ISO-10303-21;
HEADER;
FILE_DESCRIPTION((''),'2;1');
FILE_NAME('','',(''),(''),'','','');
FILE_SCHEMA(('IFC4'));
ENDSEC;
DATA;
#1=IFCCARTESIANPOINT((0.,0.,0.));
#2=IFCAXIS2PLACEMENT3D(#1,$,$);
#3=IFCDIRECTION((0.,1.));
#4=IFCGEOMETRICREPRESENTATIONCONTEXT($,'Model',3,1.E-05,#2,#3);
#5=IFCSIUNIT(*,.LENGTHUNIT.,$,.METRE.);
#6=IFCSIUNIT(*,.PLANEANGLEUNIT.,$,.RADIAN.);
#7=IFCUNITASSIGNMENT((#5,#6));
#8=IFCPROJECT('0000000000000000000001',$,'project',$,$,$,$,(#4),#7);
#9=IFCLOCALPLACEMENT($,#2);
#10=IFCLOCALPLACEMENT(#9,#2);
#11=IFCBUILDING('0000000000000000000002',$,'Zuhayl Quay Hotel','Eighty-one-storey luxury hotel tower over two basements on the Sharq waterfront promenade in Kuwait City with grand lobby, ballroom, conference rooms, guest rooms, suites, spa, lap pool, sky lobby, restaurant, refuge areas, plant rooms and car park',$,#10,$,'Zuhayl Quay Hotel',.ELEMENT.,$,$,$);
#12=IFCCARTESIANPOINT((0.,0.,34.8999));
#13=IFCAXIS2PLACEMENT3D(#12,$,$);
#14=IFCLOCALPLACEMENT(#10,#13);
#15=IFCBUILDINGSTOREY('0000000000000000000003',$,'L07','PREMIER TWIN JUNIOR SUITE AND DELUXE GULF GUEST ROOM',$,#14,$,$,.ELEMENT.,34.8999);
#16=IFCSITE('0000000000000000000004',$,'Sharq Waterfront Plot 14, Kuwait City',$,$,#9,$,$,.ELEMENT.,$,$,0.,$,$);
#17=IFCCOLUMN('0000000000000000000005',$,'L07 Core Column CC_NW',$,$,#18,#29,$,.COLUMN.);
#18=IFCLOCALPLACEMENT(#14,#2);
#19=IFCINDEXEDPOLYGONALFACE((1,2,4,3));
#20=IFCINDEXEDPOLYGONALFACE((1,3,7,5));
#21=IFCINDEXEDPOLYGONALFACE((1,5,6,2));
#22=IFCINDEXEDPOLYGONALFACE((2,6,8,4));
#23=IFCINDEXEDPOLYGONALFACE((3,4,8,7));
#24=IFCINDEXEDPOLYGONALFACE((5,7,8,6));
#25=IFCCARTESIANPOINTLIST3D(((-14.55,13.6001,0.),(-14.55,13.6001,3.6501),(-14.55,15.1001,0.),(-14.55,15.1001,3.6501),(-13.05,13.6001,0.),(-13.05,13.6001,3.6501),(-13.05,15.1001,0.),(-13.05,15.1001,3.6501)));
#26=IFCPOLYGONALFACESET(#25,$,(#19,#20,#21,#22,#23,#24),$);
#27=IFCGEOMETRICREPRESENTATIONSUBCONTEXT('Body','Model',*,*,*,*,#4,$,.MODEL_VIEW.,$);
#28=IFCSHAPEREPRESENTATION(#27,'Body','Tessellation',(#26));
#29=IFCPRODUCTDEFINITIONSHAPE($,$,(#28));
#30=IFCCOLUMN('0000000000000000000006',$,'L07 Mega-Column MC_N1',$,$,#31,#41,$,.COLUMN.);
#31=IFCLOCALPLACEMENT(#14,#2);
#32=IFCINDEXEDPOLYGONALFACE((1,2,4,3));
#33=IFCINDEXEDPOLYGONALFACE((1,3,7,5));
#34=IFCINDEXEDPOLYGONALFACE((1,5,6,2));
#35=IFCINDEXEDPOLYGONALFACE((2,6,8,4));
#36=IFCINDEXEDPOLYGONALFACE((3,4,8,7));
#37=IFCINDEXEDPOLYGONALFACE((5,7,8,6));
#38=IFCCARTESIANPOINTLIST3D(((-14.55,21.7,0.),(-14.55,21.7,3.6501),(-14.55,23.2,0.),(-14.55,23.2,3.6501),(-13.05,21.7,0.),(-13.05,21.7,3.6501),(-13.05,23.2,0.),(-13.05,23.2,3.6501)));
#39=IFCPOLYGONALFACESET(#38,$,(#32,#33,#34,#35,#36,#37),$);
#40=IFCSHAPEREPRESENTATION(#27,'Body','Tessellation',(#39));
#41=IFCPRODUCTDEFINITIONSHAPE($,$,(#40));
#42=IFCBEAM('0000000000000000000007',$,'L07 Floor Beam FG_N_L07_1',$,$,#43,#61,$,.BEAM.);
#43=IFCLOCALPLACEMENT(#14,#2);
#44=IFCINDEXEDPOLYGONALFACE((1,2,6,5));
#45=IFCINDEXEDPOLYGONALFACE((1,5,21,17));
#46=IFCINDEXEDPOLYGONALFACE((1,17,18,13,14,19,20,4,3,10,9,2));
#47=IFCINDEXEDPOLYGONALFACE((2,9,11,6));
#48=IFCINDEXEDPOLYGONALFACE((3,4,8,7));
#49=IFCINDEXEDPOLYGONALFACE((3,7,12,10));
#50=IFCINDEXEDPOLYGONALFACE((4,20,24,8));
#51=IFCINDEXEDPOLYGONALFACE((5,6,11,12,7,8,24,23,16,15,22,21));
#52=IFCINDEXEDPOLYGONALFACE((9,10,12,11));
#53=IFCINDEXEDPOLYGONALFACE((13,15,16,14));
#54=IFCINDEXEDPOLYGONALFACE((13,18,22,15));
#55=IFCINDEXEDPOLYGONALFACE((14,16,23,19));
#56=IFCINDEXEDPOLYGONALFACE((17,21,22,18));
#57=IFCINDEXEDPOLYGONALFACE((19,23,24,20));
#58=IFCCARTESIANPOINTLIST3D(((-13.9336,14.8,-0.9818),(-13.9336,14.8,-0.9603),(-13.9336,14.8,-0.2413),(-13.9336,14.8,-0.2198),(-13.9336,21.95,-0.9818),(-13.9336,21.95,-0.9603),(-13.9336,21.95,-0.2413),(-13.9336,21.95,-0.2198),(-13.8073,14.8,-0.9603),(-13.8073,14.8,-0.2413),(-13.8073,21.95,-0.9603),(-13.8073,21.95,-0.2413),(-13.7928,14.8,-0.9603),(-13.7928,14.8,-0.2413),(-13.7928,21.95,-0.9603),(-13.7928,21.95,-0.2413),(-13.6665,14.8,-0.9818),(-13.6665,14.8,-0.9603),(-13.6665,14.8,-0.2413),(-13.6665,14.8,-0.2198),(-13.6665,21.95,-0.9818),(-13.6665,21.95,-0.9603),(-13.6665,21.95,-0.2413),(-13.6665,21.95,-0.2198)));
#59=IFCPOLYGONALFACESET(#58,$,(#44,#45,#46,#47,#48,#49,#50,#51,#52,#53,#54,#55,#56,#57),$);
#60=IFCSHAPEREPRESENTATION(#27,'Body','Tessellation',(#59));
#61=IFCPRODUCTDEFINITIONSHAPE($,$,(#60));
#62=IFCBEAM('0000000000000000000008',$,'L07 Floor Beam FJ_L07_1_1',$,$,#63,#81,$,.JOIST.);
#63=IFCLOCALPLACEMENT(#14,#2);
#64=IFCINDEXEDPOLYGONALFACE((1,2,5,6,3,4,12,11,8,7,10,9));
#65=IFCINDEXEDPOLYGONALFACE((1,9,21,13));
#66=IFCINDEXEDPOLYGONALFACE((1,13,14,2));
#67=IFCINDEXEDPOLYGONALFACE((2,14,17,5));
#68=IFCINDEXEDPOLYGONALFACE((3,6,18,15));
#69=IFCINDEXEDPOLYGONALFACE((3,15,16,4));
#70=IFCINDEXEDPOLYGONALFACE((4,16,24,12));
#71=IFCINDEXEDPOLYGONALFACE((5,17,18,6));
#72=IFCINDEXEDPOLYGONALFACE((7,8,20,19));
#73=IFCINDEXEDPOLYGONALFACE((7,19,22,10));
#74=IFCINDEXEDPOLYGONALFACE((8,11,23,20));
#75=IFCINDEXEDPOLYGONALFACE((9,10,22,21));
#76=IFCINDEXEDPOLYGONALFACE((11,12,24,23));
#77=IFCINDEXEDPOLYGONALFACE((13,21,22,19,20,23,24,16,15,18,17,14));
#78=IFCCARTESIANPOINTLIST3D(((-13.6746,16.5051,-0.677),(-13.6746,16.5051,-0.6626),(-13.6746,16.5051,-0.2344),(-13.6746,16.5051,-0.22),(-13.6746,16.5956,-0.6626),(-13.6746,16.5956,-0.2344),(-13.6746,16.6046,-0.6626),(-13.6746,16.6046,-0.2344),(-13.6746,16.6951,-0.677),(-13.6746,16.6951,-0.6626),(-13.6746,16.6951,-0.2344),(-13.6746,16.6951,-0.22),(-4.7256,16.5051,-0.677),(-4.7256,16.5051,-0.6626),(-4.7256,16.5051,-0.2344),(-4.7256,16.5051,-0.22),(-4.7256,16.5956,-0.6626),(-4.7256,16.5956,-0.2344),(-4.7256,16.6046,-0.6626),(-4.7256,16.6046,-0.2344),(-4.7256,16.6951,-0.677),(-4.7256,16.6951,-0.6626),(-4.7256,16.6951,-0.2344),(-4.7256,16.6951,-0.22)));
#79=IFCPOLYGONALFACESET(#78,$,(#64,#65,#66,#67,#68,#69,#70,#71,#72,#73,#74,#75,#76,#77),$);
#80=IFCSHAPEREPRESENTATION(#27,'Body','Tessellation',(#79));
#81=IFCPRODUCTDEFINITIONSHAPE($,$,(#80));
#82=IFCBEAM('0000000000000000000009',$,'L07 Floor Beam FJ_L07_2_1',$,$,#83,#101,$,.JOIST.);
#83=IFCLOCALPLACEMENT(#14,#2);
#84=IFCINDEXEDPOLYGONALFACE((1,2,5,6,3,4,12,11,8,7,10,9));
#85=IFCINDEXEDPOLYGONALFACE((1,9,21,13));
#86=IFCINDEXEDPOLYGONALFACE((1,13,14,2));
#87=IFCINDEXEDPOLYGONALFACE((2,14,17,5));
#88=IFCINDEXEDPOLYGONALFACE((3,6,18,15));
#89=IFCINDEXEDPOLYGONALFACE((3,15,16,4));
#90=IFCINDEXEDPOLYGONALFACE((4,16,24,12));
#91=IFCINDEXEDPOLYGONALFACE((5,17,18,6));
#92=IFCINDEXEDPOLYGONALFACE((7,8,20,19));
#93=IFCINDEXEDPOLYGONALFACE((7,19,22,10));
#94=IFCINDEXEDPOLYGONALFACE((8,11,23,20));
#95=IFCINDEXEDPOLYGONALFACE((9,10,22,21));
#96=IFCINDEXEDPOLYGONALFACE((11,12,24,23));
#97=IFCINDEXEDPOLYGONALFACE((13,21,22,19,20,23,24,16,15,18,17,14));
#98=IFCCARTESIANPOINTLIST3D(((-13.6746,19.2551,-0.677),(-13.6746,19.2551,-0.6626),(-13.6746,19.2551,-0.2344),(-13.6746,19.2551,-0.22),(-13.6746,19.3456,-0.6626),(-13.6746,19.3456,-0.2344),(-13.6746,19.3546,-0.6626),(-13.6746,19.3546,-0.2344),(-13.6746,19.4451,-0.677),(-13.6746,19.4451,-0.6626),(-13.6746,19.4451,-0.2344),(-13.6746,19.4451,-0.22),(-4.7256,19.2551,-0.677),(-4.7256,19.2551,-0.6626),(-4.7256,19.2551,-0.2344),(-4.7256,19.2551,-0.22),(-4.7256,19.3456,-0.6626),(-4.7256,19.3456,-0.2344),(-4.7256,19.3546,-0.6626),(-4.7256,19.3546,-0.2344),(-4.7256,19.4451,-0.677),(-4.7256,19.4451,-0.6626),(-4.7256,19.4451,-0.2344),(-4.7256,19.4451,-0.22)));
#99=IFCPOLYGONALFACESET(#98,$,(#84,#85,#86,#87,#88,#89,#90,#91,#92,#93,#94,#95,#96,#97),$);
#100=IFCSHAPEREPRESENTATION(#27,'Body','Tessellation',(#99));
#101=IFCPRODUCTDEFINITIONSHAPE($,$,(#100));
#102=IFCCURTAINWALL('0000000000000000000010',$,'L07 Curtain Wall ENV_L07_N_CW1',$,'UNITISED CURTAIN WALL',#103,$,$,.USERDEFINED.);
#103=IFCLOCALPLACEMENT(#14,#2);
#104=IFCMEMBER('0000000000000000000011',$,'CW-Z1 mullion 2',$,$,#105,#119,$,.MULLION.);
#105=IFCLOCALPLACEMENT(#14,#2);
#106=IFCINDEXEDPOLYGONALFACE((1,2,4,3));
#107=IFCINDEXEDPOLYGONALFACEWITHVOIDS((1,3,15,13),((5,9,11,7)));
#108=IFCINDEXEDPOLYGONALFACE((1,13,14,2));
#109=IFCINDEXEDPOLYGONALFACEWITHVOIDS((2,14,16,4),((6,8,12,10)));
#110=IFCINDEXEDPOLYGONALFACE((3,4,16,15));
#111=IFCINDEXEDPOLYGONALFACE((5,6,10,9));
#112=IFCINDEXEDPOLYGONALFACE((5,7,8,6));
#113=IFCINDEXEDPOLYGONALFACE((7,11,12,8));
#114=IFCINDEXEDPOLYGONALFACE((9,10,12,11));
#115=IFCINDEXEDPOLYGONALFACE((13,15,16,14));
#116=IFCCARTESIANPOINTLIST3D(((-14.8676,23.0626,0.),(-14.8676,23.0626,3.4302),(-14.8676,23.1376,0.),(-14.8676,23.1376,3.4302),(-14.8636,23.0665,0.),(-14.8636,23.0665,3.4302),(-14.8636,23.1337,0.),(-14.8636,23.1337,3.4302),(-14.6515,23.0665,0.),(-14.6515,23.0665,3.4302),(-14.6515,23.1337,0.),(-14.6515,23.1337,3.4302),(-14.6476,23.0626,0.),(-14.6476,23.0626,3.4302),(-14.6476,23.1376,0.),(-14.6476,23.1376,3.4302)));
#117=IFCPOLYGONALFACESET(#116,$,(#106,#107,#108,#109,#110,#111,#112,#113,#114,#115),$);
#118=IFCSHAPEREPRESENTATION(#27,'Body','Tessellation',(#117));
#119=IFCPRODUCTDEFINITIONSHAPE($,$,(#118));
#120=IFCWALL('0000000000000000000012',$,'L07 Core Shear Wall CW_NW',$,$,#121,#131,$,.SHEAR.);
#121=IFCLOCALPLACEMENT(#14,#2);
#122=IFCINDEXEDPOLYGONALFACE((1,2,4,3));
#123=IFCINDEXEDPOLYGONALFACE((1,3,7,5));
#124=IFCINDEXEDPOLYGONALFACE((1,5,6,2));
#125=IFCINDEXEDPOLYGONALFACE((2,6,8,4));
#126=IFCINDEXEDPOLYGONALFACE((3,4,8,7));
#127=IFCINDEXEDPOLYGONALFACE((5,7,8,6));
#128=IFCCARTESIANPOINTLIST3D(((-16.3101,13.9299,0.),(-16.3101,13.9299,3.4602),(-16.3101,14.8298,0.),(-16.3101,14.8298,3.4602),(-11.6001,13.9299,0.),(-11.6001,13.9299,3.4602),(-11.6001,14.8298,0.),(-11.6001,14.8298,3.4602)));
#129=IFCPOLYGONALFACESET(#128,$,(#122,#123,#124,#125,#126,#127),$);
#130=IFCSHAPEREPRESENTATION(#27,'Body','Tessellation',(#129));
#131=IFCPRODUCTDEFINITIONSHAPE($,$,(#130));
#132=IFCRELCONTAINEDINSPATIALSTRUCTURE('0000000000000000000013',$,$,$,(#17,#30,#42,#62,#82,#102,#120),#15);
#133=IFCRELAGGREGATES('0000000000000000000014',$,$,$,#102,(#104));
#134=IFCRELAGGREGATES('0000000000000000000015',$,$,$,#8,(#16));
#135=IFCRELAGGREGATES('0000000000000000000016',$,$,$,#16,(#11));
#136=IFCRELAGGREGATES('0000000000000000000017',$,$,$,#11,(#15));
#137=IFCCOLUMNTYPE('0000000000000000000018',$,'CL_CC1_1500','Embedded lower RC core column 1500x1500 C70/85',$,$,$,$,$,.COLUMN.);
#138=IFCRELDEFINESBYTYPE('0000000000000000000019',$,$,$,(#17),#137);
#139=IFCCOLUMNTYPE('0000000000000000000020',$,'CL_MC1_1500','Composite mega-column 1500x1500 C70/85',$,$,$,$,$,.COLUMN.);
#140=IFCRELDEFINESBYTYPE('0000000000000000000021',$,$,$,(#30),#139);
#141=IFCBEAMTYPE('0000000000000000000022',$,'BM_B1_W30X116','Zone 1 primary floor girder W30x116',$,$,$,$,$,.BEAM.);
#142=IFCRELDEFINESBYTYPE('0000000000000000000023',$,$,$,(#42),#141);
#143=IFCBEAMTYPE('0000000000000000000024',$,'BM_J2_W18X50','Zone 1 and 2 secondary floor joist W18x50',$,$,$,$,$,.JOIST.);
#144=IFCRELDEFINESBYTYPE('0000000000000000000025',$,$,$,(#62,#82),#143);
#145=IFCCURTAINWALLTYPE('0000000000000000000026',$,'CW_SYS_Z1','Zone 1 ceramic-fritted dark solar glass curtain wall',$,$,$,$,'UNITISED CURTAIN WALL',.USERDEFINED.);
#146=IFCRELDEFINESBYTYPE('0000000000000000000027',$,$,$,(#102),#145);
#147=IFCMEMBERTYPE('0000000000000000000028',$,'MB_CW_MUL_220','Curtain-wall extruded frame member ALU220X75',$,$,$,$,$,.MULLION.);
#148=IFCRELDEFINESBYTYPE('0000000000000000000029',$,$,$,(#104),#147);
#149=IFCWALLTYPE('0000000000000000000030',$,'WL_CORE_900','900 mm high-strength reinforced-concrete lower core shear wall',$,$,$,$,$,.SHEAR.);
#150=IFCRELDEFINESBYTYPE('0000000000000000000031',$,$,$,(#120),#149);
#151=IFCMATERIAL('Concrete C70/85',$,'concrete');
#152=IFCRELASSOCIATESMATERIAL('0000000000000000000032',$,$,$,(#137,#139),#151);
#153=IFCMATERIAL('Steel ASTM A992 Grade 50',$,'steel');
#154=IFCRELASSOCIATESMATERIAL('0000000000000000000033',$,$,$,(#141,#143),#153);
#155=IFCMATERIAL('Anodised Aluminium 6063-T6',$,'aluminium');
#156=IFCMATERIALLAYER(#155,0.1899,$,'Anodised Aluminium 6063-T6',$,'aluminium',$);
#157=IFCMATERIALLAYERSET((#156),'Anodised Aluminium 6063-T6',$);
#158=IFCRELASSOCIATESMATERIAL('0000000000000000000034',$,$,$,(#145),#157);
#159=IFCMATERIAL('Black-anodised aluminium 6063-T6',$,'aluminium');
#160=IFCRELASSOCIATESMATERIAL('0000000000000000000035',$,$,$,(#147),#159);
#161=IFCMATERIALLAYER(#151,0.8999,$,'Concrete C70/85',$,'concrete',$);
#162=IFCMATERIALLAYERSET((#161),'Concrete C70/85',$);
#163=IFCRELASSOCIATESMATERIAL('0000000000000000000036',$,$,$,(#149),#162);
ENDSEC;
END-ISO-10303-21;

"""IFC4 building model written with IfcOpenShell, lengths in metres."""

from ifc_helpers import new_model, si_unit, direction, frame, frame_2d, origin, origin_2d, place, context, subcontext, project, spatial, rectangle, hollow_rectangle, i_section, extrude, material, layer, layer_set, material_profile, profile_set, type_object, element, aggregate, save


model = new_model("IFC4")

# Units and contexts
model_context = context("Model", 3, precision=1e-05, world=origin(), true_north=direction((0.0, 1.0)))
body_context = subcontext(model_context, "Body", "Model", "MODEL_VIEW")
ifc_project = project(units=[si_unit("LENGTHUNIT", "METRE"), si_unit("PLANEANGLEUNIT", "RADIAN")], contexts=[model_context])

# Site, building, storey
site_placement = place(None, origin())
site = spatial("IfcSite", under=ifc_project, at=site_placement, Name="Sharq Waterfront Plot 14, Kuwait City", CompositionType="ELEMENT", RefElevation=0.0)
building_placement = place(site_placement, origin())
building = spatial("IfcBuilding", under=site, at=building_placement, Name="Zuhayl Quay Hotel", Description="Eighty-one-storey luxury hotel tower over two basements on the Sharq waterfront promenade in Kuwait City with grand lobby, ballroom, conference rooms, guest rooms, suites, spa, lap pool, sky lobby, restaurant, refuge areas, plant rooms and car park", LongName="Zuhayl Quay Hotel", CompositionType="ELEMENT")
storey_placement = place(building_placement, frame((0.0, 0.0, 34.8999)))
storey = spatial("IfcBuildingStorey", under=building, at=storey_placement, Name="L07", Description="PREMIER TWIN JUNIOR SUITE AND DELUXE GULF GUEST ROOM", CompositionType="ELEMENT", Elevation=34.8999)

# Columns
ifc_material_1 = material(Name="Concrete C70/85", Category="concrete")
ifc_material_profile_1 = material_profile(ifc_material_1, rectangle(XDim=1.5, YDim=1.5, at=origin_2d()), Name="RC1500X1500")
ifc_profile_set_1 = profile_set([ifc_material_profile_1], Name="Concrete C70/85")
column_type_1 = type_object("IfcColumnType", Name="CL_CC1_1500", Description="Embedded lower RC core column 1500x1500 C70/85", PredefinedType="COLUMN", material=ifc_profile_set_1)
column_1_placement = place(storey_placement, frame((-13.8, 14.3501, 0.0), z_axis=(0.0, 0.0, 1.0), x_axis=(1.0, 0.0, 0.0)))
element("IfcColumn", 1, at=column_1_placement, inside=storey, type_object=column_type_1, Name="L07 Core Column CC_NW", PredefinedType="COLUMN", context=body_context, shape_type="SweptSolid", body=[
    extrude(rectangle(XDim=1.5, YDim=1.5, at=origin_2d()), origin(), (0.0, 0.0, 1.0), 3.6501),
])
ifc_material_profile_2 = material_profile(ifc_material_1, rectangle(XDim=1.5, YDim=1.5, at=origin_2d()), Name="RC1500X1500")
ifc_profile_set_2 = profile_set([ifc_material_profile_2], Name="Concrete C70/85")
column_type_2 = type_object("IfcColumnType", Name="CL_MC1_1500", Description="Composite mega-column 1500x1500 C70/85", PredefinedType="COLUMN", material=ifc_profile_set_2)
column_2_placement = place(storey_placement, frame((-13.8, 22.45, 0.0), z_axis=(0.0, 0.0, 1.0), x_axis=(1.0, 0.0, 0.0)))
element("IfcColumn", 2, at=column_2_placement, inside=storey, type_object=column_type_2, Name="L07 Mega-Column MC_N1", PredefinedType="COLUMN", context=body_context, shape_type="SweptSolid", body=[
    extrude(rectangle(XDim=1.5, YDim=1.5, at=origin_2d()), origin(), (0.0, 0.0, 1.0), 3.6501),
])

# Beams
ifc_material_2 = material(Name="Steel ASTM A992 Grade 50", Category="steel")
ifc_material_profile_3 = material_profile(ifc_material_2, i_section(OverallWidth=0.2671, OverallDepth=0.762, WebThickness=0.0144, FlangeThickness=0.0215, at=origin_2d()), Name="W30X116")
ifc_profile_set_3 = profile_set([ifc_material_profile_3], Name="Steel ASTM A992 Grade 50")
beam_type_1 = type_object("IfcBeamType", Name="BM_B1_W30X116", Description="Zone 1 primary floor girder W30x116", PredefinedType="BEAM", material=ifc_profile_set_3)
beam_placement = place(storey_placement, frame((-13.8, 14.8, -0.6008), z_axis=(0.0, 1.0, 0.0), x_axis=(-1.0, 0.0, 0.0)))
element("IfcBeam", 3, at=beam_placement, inside=storey, type_object=beam_type_1, Name="L07 Floor Beam FG_N_L07_1", PredefinedType="BEAM", context=body_context, shape_type="SweptSolid", body=[
    extrude(i_section(OverallWidth=0.2671, OverallDepth=0.762, WebThickness=0.0144, FlangeThickness=0.0215, at=origin_2d()), origin(), (0.0, 0.0, 1.0), 7.1499),
])
ifc_material_profile_4 = material_profile(ifc_material_2, i_section(OverallWidth=0.1899, OverallDepth=0.457, WebThickness=0.009, FlangeThickness=0.0144, at=origin_2d()), Name="W18X50")
ifc_profile_set_4 = profile_set([ifc_material_profile_4], Name="Steel ASTM A992 Grade 50")
beam_type_2 = type_object("IfcBeamType", Name="BM_J2_W18X50", Description="Zone 1 and 2 secondary floor joist W18x50", PredefinedType="JOIST", material=ifc_profile_set_4)
for number, where, z_axis, x_axis, name in (
    (4, (-13.6746, 16.6001, -0.4485), (1.0, 0.0, 0.0), (0.0, 1.0, 0.0), "L07 Floor Beam FJ_L07_1_1"),
    (5, (-13.6746, 19.3501, -0.4485), (1.0, 0.0, 0.0), (0.0, 1.0, 0.0), "L07 Floor Beam FJ_L07_2_1"),
):
    element("IfcBeam", number, at=place(storey_placement, frame(where, z_axis=z_axis, x_axis=x_axis)), inside=storey, type_object=beam_type_2, Name=name, PredefinedType="JOIST", context=body_context, shape_type="SweptSolid", body=[
        extrude(i_section(OverallWidth=0.1899, OverallDepth=0.457, WebThickness=0.009, FlangeThickness=0.0144, at=origin_2d()), origin(), (0.0, 0.0, 1.0), 8.949),
    ])

# Curtain wall, member
ifc_material_3 = material(Name="Anodised Aluminium 6063-T6", Category="aluminium")
ifc_layer_1 = layer(ifc_material_3, 0.1899, Name="Anodised Aluminium 6063-T6", Category="aluminium")
ifc_layer_set_1 = layer_set([ifc_layer_1], Name="Anodised Aluminium 6063-T6")
curtain_wall_type = type_object("IfcCurtainWallType", Name="CW_SYS_Z1", Description="Zone 1 ceramic-fritted dark solar glass curtain wall", ElementType="UNITISED CURTAIN WALL", PredefinedType="USERDEFINED", material=ifc_layer_set_1)
curtain_wall_placement = place(storey_placement, origin())
curtain_wall = element("IfcCurtainWall", 6, at=curtain_wall_placement, inside=storey, type_object=curtain_wall_type, Name="L07 Curtain Wall ENV_L07_N_CW1", ObjectType="UNITISED CURTAIN WALL", PredefinedType="USERDEFINED")
ifc_material_4 = material(Name="Black-anodised aluminium 6063-T6", Category="aluminium")
ifc_material_profile_5 = material_profile(ifc_material_4, hollow_rectangle(XDim=0.075, YDim=0.22, WallThickness=0.0039, at=origin_2d()), Name="ALU220X75")
ifc_profile_set_5 = profile_set([ifc_material_profile_5], Name="Black-anodised aluminium 6063-T6")
member_type = type_object("IfcMemberType", Name="MB_CW_MUL_220", Description="Curtain-wall extruded frame member ALU220X75", PredefinedType="MULLION", material=ifc_profile_set_5)
member_placement = place(storey_placement, frame((-14.7576, 23.1001, 0.0), z_axis=(0.0, 0.0, 1.0), x_axis=(0.0, 1.0, 0.0)))
member = element("IfcMember", 7, at=member_placement, type_object=member_type, Name="CW-Z1 mullion 2", PredefinedType="MULLION", context=body_context, shape_type="SweptSolid", body=[
    extrude(hollow_rectangle(XDim=0.075, YDim=0.22, WallThickness=0.0039, at=origin_2d()), origin(), (0.0, 0.0, 1.0), 3.4302),
])
aggregate(curtain_wall, [member])

# Wall
ifc_layer_2 = layer(ifc_material_1, 0.8999, Name="Concrete C70/85", Category="concrete")
ifc_layer_set_2 = layer_set([ifc_layer_2], Name="Concrete C70/85")
wall_type_1 = type_object("IfcWallType", Name="WL_CORE_900", Description="900 mm high-strength reinforced-concrete lower core shear wall", PredefinedType="SHEAR", material=ifc_layer_set_2)
wall_1_placement = place(storey_placement, frame((-16.3101, 14.3799, 0.0), z_axis=(0.0, 0.0, 1.0), x_axis=(1.0, 0.0, 0.0)))
element("IfcWall", 8, at=wall_1_placement, inside=storey, type_object=wall_type_1, Name="L07 Core Shear Wall CW_NW", PredefinedType="SHEAR", context=body_context, shape_type="SweptSolid", body=[
    extrude(rectangle(XDim=4.71, YDim=0.8999, at=frame_2d((2.355, 0.0))), origin(), (0.0, 0.0, 1.0), 3.4602),
])

save(model, "model.ifc")
